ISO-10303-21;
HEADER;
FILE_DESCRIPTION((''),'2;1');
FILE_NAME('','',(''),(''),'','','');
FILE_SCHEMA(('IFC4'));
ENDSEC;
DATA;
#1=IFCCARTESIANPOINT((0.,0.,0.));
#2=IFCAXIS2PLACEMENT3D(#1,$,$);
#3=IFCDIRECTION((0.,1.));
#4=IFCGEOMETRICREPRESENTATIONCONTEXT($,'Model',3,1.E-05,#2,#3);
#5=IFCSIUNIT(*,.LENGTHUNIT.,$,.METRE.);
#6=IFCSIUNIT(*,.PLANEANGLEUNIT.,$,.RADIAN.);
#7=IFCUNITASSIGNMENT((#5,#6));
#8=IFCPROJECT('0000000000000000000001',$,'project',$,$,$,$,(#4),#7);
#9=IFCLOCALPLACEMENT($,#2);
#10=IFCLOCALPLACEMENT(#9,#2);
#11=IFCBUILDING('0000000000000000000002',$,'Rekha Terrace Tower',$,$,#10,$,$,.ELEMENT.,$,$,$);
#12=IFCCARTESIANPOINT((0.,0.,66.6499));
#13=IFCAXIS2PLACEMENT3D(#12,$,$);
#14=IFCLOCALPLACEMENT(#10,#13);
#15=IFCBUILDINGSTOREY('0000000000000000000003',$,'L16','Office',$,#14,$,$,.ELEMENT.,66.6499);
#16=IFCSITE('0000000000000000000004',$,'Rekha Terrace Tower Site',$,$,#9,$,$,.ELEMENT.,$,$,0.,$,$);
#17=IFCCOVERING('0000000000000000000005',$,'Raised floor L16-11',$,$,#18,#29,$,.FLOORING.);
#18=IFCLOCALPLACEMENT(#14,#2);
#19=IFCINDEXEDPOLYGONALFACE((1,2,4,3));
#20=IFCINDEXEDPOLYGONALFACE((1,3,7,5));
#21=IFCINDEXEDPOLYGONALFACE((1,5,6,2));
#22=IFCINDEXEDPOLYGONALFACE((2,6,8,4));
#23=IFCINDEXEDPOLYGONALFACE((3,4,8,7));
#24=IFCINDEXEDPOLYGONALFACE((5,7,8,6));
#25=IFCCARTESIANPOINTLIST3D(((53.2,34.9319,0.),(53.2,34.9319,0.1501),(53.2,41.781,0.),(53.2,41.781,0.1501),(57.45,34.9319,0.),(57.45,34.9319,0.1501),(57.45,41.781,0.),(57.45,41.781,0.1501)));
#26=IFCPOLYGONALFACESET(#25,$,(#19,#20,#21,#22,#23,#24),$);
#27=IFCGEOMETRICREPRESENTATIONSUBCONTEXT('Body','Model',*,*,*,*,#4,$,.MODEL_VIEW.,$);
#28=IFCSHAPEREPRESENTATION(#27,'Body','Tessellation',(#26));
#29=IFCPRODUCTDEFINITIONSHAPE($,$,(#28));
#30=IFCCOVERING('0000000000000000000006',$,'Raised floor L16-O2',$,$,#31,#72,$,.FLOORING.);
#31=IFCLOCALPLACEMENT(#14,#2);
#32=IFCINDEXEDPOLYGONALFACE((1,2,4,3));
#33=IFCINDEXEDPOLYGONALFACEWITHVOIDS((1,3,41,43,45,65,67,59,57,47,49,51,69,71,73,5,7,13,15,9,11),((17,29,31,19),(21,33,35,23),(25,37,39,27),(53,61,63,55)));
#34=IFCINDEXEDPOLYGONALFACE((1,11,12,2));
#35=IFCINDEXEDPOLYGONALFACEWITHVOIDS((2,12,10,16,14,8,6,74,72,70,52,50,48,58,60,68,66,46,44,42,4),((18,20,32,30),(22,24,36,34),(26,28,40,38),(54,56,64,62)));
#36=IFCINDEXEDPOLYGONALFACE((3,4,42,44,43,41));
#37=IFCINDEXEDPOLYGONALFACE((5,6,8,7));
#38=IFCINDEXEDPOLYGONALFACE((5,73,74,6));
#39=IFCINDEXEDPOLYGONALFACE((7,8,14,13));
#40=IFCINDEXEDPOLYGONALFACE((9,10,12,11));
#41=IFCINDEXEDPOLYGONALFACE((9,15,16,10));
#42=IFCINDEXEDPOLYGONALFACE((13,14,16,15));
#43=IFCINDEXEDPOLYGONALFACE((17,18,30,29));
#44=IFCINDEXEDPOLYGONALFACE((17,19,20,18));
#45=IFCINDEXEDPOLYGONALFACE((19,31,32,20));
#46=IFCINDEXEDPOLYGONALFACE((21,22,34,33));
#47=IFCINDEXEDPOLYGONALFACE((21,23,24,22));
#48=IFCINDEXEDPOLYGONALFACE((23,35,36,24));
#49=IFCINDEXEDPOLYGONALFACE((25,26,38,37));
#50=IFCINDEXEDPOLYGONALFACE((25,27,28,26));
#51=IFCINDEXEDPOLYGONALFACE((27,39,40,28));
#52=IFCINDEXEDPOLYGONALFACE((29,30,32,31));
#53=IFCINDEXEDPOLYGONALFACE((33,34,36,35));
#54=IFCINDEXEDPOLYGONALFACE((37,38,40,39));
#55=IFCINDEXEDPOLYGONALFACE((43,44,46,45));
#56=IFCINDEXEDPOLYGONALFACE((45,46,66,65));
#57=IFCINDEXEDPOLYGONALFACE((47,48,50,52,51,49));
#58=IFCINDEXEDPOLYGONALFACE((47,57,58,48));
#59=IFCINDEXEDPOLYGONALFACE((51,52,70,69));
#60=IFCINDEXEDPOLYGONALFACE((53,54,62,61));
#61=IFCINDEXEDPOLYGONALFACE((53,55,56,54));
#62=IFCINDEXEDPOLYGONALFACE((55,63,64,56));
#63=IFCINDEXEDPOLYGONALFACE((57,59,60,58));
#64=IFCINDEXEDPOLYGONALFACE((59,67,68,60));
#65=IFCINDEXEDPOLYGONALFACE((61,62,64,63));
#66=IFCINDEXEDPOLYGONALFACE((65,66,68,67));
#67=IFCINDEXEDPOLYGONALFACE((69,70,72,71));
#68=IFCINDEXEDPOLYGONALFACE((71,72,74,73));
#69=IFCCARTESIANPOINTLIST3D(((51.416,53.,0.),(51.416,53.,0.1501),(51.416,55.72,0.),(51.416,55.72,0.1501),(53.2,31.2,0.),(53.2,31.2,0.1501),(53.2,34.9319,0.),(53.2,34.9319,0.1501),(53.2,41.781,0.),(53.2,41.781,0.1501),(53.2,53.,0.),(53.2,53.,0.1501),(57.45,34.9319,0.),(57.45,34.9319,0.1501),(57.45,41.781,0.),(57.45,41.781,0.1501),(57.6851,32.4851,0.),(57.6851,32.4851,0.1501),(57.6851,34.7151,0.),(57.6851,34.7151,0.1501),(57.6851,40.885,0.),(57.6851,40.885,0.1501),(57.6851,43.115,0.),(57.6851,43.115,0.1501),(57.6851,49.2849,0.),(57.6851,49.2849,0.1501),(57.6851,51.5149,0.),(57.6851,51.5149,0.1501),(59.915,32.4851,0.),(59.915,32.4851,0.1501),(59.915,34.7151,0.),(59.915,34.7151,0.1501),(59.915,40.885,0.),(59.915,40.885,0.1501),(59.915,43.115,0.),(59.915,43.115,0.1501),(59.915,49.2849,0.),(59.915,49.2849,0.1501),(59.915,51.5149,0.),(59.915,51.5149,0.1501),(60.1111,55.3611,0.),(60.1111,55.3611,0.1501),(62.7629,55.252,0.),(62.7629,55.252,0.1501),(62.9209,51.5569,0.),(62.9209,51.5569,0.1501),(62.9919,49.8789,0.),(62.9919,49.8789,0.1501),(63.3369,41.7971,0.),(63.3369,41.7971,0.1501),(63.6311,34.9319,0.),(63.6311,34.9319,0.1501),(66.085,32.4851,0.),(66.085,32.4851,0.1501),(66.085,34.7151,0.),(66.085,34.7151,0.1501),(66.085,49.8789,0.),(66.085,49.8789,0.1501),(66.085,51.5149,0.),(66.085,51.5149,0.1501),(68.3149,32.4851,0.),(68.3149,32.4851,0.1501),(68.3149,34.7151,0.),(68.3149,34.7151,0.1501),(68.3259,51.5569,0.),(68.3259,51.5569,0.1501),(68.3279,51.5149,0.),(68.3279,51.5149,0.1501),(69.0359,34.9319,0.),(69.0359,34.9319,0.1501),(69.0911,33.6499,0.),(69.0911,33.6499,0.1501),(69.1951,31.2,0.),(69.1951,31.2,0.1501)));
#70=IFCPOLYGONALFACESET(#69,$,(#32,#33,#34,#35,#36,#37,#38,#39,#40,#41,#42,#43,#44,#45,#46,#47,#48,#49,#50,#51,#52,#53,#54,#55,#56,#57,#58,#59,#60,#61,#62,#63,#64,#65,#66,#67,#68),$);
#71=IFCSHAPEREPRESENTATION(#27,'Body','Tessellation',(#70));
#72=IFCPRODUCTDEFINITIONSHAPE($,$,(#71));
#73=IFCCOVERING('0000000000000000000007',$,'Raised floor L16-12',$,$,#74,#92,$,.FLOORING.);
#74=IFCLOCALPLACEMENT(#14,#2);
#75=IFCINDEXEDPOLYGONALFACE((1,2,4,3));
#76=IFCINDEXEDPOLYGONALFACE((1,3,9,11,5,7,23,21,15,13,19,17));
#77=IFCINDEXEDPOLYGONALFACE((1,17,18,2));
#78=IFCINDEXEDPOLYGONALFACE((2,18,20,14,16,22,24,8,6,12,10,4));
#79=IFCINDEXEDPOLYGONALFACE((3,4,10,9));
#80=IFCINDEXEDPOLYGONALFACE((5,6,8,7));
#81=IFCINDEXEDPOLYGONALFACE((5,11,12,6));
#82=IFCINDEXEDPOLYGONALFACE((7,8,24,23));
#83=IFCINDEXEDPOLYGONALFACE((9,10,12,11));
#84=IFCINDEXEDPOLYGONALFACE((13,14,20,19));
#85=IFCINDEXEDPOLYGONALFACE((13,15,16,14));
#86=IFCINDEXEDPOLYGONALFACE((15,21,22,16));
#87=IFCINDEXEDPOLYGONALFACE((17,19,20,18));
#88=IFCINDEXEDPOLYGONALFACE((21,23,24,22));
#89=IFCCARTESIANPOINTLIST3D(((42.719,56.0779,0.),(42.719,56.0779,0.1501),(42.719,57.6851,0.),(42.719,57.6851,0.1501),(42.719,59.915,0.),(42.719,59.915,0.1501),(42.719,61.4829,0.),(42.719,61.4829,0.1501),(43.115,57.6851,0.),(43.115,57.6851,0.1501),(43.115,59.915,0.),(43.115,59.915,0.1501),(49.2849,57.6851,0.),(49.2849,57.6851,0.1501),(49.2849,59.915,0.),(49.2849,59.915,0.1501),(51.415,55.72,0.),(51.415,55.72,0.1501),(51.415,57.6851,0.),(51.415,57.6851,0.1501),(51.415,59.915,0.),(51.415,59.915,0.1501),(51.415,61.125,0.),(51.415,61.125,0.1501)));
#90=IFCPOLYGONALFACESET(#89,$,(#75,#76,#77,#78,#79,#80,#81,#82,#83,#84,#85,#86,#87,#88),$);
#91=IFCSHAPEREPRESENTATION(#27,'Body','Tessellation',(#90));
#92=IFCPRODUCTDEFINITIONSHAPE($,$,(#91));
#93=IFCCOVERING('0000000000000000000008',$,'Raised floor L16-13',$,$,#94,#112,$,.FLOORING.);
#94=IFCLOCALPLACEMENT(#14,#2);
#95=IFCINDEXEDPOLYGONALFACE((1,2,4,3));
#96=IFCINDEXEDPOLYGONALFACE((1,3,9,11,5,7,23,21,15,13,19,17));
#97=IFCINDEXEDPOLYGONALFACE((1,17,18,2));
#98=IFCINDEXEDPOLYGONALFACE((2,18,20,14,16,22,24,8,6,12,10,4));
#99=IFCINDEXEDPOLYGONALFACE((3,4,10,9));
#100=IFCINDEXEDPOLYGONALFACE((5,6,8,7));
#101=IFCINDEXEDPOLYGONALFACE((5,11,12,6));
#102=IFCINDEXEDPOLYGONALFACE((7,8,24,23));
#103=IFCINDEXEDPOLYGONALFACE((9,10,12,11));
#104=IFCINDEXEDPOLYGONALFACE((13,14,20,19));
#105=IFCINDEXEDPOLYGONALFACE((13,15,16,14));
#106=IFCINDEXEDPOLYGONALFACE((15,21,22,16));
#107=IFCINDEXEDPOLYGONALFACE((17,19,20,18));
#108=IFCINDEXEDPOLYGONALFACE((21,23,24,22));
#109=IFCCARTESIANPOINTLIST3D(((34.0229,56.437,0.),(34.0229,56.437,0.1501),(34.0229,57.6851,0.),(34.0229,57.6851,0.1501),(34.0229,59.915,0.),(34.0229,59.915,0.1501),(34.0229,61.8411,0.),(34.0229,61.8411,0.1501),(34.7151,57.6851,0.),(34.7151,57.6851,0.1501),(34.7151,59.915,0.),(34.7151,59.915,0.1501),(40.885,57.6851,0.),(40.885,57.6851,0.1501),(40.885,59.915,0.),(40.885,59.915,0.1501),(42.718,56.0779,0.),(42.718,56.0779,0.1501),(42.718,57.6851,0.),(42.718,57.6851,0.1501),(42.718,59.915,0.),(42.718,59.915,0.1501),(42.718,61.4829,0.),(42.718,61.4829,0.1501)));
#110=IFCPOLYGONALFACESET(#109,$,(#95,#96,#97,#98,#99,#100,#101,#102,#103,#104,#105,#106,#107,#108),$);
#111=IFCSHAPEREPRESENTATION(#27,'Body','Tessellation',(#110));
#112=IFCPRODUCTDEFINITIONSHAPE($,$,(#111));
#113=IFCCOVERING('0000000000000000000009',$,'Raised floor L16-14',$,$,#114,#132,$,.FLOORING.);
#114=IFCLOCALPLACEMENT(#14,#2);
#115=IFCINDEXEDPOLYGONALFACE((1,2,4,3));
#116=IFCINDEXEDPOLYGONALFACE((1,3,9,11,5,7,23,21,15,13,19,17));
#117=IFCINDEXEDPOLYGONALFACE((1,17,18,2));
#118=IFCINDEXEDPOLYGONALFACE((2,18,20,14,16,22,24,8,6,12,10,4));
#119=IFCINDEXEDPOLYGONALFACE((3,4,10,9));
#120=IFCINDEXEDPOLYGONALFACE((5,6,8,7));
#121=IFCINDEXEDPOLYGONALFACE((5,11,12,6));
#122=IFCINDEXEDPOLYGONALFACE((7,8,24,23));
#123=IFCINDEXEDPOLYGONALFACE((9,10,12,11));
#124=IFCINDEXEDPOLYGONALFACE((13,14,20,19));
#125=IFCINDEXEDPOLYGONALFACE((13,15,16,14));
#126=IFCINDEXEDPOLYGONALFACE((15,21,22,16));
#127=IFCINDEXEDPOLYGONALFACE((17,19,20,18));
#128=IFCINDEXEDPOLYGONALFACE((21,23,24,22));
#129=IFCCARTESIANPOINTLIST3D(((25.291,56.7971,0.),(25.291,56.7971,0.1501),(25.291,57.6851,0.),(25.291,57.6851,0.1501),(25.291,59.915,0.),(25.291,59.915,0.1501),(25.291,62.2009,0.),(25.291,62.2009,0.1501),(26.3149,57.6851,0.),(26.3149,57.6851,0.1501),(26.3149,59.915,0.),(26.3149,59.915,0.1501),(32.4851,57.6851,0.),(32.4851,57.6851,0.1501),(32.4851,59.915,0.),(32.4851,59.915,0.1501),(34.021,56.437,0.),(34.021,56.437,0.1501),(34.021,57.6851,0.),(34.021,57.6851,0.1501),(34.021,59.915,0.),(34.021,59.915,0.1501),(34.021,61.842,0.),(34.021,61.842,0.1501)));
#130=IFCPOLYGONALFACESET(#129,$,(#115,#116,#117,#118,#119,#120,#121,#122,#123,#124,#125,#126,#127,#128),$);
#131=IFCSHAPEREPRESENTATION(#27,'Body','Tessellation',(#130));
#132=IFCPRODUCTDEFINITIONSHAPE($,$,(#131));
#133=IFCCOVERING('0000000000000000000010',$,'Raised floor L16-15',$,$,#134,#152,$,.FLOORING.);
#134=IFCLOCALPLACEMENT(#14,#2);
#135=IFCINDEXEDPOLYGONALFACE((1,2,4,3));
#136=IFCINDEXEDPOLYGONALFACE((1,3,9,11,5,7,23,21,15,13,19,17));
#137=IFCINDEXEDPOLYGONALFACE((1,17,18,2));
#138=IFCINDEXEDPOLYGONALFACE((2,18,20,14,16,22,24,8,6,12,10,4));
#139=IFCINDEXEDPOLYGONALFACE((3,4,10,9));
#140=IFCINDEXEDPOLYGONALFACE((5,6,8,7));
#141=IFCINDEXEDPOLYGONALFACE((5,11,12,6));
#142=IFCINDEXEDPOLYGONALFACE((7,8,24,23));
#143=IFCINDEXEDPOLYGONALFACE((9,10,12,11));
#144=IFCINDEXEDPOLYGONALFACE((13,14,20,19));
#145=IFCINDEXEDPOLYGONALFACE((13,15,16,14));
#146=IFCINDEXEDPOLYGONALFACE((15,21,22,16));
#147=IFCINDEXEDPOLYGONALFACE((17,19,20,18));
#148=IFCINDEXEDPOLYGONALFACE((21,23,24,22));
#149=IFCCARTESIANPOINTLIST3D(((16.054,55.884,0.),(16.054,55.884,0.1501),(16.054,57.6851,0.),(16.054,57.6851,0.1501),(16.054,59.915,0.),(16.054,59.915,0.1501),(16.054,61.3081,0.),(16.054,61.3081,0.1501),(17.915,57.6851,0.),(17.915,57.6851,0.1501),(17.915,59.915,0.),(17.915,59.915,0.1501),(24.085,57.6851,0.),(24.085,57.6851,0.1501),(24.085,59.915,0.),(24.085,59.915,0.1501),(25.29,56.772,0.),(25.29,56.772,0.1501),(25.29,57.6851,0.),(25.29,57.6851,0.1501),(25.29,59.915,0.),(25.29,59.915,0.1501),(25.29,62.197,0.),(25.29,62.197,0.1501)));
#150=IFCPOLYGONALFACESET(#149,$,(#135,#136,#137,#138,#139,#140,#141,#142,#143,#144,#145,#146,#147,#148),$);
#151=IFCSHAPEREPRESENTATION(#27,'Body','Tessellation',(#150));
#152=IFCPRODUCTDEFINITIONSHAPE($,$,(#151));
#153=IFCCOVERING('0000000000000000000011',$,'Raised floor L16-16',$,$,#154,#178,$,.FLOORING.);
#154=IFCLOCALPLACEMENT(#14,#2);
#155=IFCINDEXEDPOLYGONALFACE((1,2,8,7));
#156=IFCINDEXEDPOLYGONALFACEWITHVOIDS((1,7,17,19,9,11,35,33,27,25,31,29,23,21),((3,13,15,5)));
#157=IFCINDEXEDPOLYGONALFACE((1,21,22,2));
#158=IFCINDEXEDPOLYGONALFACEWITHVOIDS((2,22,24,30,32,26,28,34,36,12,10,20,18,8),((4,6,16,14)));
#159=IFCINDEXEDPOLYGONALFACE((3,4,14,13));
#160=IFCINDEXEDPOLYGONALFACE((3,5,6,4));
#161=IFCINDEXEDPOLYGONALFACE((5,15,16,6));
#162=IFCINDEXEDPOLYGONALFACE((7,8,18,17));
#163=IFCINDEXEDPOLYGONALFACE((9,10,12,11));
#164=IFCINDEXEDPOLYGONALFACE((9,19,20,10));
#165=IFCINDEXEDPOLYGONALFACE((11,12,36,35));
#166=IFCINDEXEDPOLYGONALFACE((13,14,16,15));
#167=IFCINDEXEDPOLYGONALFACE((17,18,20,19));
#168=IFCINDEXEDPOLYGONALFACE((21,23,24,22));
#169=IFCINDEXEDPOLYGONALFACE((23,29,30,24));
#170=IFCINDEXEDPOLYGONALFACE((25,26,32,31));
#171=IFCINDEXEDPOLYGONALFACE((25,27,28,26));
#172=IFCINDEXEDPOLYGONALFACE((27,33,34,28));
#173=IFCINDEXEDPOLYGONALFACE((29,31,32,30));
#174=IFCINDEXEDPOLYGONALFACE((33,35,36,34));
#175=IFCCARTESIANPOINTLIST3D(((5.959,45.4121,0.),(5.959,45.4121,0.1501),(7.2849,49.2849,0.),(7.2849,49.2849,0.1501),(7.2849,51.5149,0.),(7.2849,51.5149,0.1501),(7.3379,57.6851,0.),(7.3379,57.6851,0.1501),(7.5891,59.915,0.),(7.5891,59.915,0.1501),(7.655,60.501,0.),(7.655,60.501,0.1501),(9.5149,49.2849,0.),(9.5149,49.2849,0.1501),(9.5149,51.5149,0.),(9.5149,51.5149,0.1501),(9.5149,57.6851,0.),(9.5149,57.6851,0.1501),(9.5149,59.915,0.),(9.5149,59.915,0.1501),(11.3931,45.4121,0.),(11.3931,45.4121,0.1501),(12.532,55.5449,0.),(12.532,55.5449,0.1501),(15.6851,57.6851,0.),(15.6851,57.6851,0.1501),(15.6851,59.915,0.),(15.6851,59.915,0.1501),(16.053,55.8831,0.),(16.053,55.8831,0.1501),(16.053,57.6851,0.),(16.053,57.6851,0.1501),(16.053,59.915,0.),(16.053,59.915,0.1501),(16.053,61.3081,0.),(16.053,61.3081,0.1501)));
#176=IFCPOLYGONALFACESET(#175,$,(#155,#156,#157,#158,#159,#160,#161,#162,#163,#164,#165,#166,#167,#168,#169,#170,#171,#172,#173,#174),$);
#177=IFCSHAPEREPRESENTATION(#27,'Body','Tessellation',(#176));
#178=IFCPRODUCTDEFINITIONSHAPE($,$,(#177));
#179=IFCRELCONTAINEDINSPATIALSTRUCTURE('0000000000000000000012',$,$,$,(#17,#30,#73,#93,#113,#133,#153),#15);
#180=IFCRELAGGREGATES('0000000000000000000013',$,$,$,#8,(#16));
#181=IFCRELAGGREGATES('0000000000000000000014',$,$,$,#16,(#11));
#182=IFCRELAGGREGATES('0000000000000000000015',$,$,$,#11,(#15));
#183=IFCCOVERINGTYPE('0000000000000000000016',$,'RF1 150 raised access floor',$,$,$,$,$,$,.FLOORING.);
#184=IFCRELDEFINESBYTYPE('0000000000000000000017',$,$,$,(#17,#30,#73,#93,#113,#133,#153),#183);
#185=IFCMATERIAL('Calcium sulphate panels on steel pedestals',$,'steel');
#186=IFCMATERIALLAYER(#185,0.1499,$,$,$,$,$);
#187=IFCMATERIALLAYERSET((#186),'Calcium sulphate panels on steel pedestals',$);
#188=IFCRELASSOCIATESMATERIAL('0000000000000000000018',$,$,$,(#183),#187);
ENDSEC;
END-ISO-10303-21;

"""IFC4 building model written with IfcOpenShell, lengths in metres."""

from ifc_helpers import new_model, si_unit, direction, frame, origin, place, context, subcontext, project, spatial, polyline, outline, extrude, material, layer, layer_set, type_object, element, save


model = new_model("IFC4")

# Units and contexts
model_context = context("Model", 3, precision=1e-05, world=origin(), true_north=direction((0.0, 1.0)))
body_context = subcontext(model_context, "Body", "Model", "MODEL_VIEW")
ifc_project = project(units=[si_unit("LENGTHUNIT", "METRE"), si_unit("PLANEANGLEUNIT", "RADIAN")], contexts=[model_context])

# Site, building, storey
site_placement = place(None, origin())
site = spatial("IfcSite", under=ifc_project, at=site_placement, Name="Rekha Terrace Tower Site", CompositionType="ELEMENT", RefElevation=0.0)
building_placement = place(site_placement, origin())
building = spatial("IfcBuilding", under=site, at=building_placement, Name="Rekha Terrace Tower", CompositionType="ELEMENT")
storey_placement = place(building_placement, frame((0.0, 0.0, 66.6499)))
storey = spatial("IfcBuildingStorey", under=building, at=storey_placement, Name="L16", Description="Office", CompositionType="ELEMENT", Elevation=66.6499)

# Coverings
ifc_material_1 = material(Name="Calcium sulphate panels on steel pedestals", Category="steel")
ifc_layer_1 = layer(ifc_material_1, 0.1499)
ifc_layer_set_1 = layer_set([ifc_layer_1], Name="Calcium sulphate panels on steel pedestals")
covering_type_1 = type_object("IfcCoveringType", Name="RF1 150 raised access floor", PredefinedType="FLOORING", material=ifc_layer_set_1)
covering_1_placement = place(storey_placement, origin())
element("IfcCovering", 1, at=covering_1_placement, inside=storey, type_object=covering_type_1, Name="Raised floor L16-11", PredefinedType="FLOORING", context=body_context, shape_type="SweptSolid", body=[
    extrude(outline(polyline([(53.2, 34.9319), (57.45, 34.9319), (57.45, 41.781), (53.2, 41.781), (53.2, 34.9319)])), origin(), (0.0, 0.0, 1.0), 0.1501),
])
covering_2_placement = place(storey_placement, origin())
element("IfcCovering", 2, at=covering_2_placement, inside=storey, type_object=covering_type_1, Name="Raised floor L16-O2", PredefinedType="FLOORING", context=body_context, shape_type="SweptSolid", body=[
    extrude(outline(polyline([(62.7629, 55.252), (60.1111, 55.3611), (51.416, 55.72), (51.416, 53.0), (53.2, 53.0), (53.2, 41.781), (57.45, 41.781), (57.45, 34.9319), (53.2, 34.9319), (53.2, 31.2), (69.1951, 31.2), (69.0911, 33.6499), (69.0359, 34.9319), (63.6311, 34.9319), (63.3369, 41.7971), (62.9919, 49.8789), (66.085, 49.8789), (66.085, 51.5149), (68.3279, 51.5149), (68.3259, 51.5569), (62.9209, 51.5569), (62.7629, 55.252)]), holes=[polyline([(68.3149, 32.4851), (66.085, 32.4851), (66.085, 34.7151), (68.3149, 34.7151), (68.3149, 32.4851)]), polyline([(59.915, 32.4851), (57.6851, 32.4851), (57.6851, 34.7151), (59.915, 34.7151), (59.915, 32.4851)]), polyline([(59.915, 40.885), (57.6851, 40.885), (57.6851, 43.115), (59.915, 43.115), (59.915, 40.885)]), polyline([(59.915, 49.2849), (57.6851, 49.2849), (57.6851, 51.5149), (59.915, 51.5149), (59.915, 49.2849)])]), origin(), (0.0, 0.0, 1.0), 0.1501),
])
covering_3_placement = place(storey_placement, origin())
element("IfcCovering", 3, at=covering_3_placement, inside=storey, type_object=covering_type_1, Name="Raised floor L16-12", PredefinedType="FLOORING", context=body_context, shape_type="SweptSolid", body=[
    extrude(outline(polyline([(51.415, 59.915), (51.415, 61.125), (42.719, 61.4829), (42.719, 59.915), (43.115, 59.915), (43.115, 57.6851), (42.719, 57.6851), (42.719, 56.0779), (51.415, 55.72), (51.415, 57.6851), (49.2849, 57.6851), (49.2849, 59.915), (51.415, 59.915)])), origin(), (0.0, 0.0, 1.0), 0.1501),
])
covering_4_placement = place(storey_placement, origin())
element("IfcCovering", 4, at=covering_4_placement, inside=storey, type_object=covering_type_1, Name="Raised floor L16-13", PredefinedType="FLOORING", context=body_context, shape_type="SweptSolid", body=[
    extrude(outline(polyline([(42.718, 59.915), (42.718, 61.4829), (34.0229, 61.8411), (34.0229, 59.915), (34.7151, 59.915), (34.7151, 57.6851), (34.0229, 57.6851), (34.0229, 56.437), (42.718, 56.0779), (42.718, 57.6851), (40.885, 57.6851), (40.885, 59.915), (42.718, 59.915)])), origin(), (0.0, 0.0, 1.0), 0.1501),
])
covering_5_placement = place(storey_placement, origin())
element("IfcCovering", 5, at=covering_5_placement, inside=storey, type_object=covering_type_1, Name="Raised floor L16-14", PredefinedType="FLOORING", context=body_context, shape_type="SweptSolid", body=[
    extrude(outline(polyline([(34.021, 59.915), (34.021, 61.842), (25.291, 62.2009), (25.291, 59.915), (26.3149, 59.915), (26.3149, 57.6851), (25.291, 57.6851), (25.291, 56.7971), (34.021, 56.437), (34.021, 57.6851), (32.4851, 57.6851), (32.4851, 59.915), (34.021, 59.915)])), origin(), (0.0, 0.0, 1.0), 0.1501),
])
covering_6_placement = place(storey_placement, origin())
element("IfcCovering", 6, at=covering_6_placement, inside=storey, type_object=covering_type_1, Name="Raised floor L16-15", PredefinedType="FLOORING", context=body_context, shape_type="SweptSolid", body=[
    extrude(outline(polyline([(25.29, 59.915), (25.29, 62.197), (16.054, 61.3081), (16.054, 59.915), (17.915, 59.915), (17.915, 57.6851), (16.054, 57.6851), (16.054, 55.884), (25.29, 56.772), (25.29, 57.6851), (24.085, 57.6851), (24.085, 59.915), (25.29, 59.915)])), origin(), (0.0, 0.0, 1.0), 0.1501),
])
covering_7_placement = place(storey_placement, origin())
element("IfcCovering", 7, at=covering_7_placement, inside=storey, type_object=covering_type_1, Name="Raised floor L16-16", PredefinedType="FLOORING", context=body_context, shape_type="SweptSolid", body=[
    extrude(outline(polyline([(16.053, 59.915), (16.053, 61.3081), (7.655, 60.501), (7.5891, 59.915), (9.5149, 59.915), (9.5149, 57.6851), (7.3379, 57.6851), (5.959, 45.4121), (11.3931, 45.4121), (12.532, 55.5449), (16.053, 55.8831), (16.053, 57.6851), (15.6851, 57.6851), (15.6851, 59.915), (16.053, 59.915)]), holes=[polyline([(9.5149, 51.5149), (9.5149, 49.2849), (7.2849, 49.2849), (7.2849, 51.5149), (9.5149, 51.5149)])]), origin(), (0.0, 0.0, 1.0), 0.1501),
])

save(model, "model.ifc")
